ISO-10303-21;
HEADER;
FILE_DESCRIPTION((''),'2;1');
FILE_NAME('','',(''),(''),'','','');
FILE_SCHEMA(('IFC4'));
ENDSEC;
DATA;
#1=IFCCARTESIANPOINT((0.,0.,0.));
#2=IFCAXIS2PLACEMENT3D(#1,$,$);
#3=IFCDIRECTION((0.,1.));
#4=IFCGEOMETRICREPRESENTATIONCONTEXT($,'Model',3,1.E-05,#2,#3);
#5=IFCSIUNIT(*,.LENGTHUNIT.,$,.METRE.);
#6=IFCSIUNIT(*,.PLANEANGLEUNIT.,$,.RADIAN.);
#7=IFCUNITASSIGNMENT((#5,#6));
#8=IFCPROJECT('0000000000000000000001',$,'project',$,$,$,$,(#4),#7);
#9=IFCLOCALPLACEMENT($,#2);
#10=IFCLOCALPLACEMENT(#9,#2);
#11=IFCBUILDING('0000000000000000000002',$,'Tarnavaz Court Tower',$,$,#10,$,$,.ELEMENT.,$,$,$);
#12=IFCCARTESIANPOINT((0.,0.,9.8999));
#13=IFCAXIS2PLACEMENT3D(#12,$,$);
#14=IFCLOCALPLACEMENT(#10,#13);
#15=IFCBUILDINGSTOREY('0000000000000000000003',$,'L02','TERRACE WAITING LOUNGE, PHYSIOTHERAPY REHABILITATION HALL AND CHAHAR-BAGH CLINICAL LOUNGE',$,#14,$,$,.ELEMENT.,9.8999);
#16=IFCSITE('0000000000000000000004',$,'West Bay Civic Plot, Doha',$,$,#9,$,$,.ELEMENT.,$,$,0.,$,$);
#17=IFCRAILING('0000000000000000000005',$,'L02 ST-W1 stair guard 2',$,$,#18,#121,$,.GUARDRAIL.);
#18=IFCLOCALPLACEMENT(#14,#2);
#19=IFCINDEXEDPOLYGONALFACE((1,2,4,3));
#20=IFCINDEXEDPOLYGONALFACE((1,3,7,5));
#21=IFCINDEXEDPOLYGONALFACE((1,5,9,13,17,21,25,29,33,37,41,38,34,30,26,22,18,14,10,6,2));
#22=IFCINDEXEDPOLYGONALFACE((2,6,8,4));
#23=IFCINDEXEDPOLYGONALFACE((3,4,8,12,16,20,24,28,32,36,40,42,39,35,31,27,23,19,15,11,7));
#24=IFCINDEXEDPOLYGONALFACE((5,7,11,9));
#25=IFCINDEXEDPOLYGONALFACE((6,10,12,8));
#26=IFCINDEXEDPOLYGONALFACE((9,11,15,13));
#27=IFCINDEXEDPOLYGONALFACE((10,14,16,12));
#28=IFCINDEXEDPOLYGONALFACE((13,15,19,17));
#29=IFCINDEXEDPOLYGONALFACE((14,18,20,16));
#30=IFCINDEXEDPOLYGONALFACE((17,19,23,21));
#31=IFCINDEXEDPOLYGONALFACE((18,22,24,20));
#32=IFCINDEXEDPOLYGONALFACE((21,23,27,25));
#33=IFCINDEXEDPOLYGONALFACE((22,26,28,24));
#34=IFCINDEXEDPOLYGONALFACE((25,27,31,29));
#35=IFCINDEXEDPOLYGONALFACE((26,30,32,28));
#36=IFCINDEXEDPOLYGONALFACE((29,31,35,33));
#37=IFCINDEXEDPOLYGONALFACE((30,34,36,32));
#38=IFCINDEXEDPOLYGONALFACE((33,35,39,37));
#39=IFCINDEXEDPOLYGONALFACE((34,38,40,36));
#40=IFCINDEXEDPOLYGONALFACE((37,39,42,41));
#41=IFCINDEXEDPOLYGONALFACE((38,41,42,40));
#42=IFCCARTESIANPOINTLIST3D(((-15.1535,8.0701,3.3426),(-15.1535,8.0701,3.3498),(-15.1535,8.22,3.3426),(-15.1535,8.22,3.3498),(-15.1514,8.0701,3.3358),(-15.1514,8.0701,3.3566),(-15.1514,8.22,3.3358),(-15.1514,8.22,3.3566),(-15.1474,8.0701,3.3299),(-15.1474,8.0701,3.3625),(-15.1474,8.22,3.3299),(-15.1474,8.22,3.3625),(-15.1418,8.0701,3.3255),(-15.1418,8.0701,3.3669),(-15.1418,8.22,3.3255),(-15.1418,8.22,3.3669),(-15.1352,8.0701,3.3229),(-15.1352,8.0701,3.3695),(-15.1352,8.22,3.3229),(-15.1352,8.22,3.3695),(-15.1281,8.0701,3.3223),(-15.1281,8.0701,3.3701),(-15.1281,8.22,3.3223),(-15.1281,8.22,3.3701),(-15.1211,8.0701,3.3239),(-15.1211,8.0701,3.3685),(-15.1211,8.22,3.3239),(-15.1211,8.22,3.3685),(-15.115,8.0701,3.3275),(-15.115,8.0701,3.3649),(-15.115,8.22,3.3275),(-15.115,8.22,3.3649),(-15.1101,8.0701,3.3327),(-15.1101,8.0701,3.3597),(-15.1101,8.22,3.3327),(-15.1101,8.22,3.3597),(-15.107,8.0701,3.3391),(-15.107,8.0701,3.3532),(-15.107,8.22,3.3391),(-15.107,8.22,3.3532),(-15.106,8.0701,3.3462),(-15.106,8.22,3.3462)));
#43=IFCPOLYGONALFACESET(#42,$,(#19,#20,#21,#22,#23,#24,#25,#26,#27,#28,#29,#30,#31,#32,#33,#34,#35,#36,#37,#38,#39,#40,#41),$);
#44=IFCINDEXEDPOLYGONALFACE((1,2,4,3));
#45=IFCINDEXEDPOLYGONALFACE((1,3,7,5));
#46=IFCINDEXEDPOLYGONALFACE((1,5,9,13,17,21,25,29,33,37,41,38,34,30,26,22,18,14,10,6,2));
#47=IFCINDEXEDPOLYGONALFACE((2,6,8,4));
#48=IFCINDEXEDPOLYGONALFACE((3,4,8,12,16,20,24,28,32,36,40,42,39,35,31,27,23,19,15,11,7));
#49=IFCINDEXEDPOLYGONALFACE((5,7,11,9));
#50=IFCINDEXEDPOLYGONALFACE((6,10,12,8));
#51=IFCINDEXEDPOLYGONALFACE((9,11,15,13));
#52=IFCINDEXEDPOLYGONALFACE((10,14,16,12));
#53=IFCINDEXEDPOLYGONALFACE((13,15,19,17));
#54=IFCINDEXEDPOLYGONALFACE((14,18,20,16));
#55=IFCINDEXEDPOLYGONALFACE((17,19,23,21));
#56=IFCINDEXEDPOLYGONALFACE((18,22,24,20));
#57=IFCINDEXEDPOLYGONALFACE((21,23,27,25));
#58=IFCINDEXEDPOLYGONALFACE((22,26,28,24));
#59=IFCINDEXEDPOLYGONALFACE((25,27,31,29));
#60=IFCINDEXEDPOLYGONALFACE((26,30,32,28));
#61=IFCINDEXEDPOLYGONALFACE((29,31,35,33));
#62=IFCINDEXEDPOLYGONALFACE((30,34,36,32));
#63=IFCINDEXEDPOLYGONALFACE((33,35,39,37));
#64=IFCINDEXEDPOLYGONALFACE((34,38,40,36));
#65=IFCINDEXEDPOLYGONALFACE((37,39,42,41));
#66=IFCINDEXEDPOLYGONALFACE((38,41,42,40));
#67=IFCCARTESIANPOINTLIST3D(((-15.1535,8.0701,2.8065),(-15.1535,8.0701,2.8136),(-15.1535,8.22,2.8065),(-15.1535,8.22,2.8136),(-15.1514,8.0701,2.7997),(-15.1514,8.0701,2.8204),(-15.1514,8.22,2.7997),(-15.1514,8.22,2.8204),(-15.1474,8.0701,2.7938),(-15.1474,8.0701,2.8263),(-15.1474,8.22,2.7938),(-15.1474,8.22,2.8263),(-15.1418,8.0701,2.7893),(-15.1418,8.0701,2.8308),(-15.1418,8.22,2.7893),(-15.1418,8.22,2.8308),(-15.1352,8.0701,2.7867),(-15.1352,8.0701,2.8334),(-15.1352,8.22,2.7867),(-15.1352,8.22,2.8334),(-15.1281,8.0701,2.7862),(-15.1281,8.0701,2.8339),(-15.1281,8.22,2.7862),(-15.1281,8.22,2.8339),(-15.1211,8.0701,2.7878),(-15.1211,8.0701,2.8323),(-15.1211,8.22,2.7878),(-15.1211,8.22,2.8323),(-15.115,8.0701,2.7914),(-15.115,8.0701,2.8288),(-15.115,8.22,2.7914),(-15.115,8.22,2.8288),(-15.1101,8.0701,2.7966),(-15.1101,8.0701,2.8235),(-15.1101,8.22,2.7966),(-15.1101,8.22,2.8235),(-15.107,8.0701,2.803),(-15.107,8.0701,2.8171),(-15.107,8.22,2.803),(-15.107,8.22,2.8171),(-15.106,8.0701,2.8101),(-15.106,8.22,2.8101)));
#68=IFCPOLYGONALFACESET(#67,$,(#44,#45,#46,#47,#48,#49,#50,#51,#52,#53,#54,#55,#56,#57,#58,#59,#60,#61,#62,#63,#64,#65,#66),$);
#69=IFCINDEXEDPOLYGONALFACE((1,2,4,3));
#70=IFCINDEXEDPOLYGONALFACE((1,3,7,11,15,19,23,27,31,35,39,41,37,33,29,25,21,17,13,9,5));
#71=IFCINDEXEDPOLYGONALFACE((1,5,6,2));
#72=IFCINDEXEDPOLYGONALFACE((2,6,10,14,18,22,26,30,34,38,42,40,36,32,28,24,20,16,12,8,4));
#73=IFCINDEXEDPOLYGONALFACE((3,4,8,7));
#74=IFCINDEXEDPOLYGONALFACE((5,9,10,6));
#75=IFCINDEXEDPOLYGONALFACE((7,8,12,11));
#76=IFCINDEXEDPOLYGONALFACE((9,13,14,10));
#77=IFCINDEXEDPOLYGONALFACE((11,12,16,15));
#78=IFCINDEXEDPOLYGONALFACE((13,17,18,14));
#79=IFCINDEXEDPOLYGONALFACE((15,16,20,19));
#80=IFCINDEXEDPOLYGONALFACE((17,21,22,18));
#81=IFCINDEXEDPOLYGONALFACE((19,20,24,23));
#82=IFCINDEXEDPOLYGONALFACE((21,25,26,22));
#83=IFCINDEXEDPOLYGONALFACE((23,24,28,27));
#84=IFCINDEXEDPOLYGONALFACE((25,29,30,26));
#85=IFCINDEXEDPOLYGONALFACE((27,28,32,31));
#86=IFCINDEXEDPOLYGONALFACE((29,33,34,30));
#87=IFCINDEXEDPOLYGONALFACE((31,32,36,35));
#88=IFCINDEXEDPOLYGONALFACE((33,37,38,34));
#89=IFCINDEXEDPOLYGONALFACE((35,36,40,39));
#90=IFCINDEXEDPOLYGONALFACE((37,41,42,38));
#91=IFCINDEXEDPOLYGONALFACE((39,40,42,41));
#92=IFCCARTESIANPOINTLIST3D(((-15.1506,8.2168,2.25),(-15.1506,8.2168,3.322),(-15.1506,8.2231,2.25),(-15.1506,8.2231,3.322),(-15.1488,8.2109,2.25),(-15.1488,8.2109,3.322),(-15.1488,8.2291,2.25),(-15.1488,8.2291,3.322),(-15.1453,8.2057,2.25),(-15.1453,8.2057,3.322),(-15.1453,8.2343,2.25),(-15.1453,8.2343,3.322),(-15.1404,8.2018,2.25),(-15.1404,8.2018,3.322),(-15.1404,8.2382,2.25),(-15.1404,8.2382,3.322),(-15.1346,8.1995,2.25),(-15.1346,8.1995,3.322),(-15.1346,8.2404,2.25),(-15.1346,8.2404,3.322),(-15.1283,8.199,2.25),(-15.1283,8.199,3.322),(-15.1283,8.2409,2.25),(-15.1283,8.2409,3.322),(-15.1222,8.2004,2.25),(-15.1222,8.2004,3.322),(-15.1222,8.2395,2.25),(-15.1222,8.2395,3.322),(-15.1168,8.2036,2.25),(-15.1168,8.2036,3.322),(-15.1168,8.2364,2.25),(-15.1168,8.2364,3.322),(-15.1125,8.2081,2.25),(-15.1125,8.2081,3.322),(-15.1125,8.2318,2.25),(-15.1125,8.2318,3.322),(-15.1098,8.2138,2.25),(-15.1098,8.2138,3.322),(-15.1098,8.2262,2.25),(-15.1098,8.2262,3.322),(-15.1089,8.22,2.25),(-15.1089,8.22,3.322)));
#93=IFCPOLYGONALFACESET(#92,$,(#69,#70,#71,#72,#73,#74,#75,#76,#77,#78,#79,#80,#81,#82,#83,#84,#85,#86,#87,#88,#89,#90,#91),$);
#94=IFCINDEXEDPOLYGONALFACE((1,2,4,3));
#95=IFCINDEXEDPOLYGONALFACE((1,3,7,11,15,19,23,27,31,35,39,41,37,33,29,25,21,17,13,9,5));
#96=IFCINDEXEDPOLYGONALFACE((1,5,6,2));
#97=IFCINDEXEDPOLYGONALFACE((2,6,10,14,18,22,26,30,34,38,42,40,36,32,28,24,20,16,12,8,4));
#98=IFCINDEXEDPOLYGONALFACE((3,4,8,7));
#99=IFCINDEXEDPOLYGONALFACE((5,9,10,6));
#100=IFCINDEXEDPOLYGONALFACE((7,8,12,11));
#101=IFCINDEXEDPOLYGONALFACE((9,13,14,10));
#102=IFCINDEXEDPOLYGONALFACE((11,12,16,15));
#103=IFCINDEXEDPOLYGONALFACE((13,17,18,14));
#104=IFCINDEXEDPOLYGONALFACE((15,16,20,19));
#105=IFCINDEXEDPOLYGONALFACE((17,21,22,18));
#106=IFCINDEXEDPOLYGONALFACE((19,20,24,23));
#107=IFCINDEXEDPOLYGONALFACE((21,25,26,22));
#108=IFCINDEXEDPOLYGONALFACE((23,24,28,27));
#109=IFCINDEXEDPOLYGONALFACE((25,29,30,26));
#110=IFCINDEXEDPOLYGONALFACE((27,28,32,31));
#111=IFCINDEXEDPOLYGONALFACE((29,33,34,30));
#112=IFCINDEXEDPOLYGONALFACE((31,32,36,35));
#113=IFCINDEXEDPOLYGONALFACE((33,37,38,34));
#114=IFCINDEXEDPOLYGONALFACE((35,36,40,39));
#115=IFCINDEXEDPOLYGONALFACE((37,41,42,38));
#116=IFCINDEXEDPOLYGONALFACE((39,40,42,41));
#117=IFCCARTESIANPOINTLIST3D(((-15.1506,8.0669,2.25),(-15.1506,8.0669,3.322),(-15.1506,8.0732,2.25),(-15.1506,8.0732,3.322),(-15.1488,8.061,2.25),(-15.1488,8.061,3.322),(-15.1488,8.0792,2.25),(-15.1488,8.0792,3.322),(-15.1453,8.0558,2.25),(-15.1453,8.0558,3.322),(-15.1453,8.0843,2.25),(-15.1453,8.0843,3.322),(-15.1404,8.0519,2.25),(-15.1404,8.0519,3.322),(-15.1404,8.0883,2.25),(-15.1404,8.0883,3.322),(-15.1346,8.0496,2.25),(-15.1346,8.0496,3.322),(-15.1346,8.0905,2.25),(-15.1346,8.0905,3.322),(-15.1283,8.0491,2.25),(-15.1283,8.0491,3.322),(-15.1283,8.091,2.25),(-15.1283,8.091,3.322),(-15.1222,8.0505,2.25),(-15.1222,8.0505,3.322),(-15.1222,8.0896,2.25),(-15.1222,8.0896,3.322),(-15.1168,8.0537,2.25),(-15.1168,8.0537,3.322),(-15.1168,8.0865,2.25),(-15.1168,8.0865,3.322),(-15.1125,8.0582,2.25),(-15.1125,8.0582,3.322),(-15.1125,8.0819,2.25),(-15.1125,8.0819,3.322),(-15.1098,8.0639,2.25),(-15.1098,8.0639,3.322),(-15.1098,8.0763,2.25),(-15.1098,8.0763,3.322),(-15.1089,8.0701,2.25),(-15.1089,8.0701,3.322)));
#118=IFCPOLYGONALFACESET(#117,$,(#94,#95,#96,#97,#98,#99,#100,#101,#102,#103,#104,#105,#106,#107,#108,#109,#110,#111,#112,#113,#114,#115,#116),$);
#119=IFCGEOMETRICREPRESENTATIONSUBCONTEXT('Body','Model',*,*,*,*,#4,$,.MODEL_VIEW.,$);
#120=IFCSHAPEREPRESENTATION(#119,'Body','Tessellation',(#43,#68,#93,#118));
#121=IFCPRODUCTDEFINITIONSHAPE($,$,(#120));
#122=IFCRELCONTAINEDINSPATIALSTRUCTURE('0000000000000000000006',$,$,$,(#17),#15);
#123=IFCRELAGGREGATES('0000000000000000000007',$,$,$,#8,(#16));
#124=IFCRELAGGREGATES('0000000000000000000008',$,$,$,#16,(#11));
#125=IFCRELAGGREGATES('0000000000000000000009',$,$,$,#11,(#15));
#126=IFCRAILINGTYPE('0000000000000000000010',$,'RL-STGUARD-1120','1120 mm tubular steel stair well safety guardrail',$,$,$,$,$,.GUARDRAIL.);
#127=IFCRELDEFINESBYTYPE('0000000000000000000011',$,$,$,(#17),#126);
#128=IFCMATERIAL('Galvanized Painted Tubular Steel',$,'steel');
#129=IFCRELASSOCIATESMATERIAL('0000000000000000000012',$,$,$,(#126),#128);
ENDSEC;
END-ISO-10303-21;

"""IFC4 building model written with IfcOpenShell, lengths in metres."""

from ifc_helpers import new_model, si_unit, direction, frame, origin, origin_2d, place, context, subcontext, project, spatial, circle, extrude, material, type_object, element, save


model = new_model("IFC4")

# Units and contexts
model_context = context("Model", 3, precision=1e-05, world=origin(), true_north=direction((0.0, 1.0)))
body_context = subcontext(model_context, "Body", "Model", "MODEL_VIEW")
ifc_project = project(units=[si_unit("LENGTHUNIT", "METRE"), si_unit("PLANEANGLEUNIT", "RADIAN")], contexts=[model_context])

# Site, building, storey
site_placement = place(None, origin())
site = spatial("IfcSite", under=ifc_project, at=site_placement, Name="West Bay Civic Plot, Doha", CompositionType="ELEMENT", RefElevation=0.0)
building_placement = place(site_placement, origin())
building = spatial("IfcBuilding", under=site, at=building_placement, Name="Tarnavaz Court Tower", CompositionType="ELEMENT")
storey_placement = place(building_placement, frame((0.0, 0.0, 9.8999)))
storey = spatial("IfcBuildingStorey", under=building, at=storey_placement, Name="L02", Description="TERRACE WAITING LOUNGE, PHYSIOTHERAPY REHABILITATION HALL AND CHAHAR-BAGH CLINICAL LOUNGE", CompositionType="ELEMENT", Elevation=9.8999)

# Railing
ifc_material_1 = material(Name="Galvanized Painted Tubular Steel", Category="steel")
railing_type_1 = type_object("IfcRailingType", Name="RL-STGUARD-1120", Description="1120 mm tubular steel stair well safety guardrail", PredefinedType="GUARDRAIL", material=ifc_material_1)
railing_1_placement = place(storey_placement, frame((-15.1299, 8.22, 2.25)))
element("IfcRailing", 1, at=railing_1_placement, inside=storey, type_object=railing_type_1, Name="L02 ST-W1 stair guard 2", PredefinedType="GUARDRAIL", context=body_context, shape_type="SweptSolid", body=[
    extrude(circle(Radius=0.0239, at=origin_2d()), frame((0.0, 0.0, 1.0962), z_axis=(0.0, -1.0, 0.0), x_axis=(1.0, 0.0, 0.0)), (0.0, 0.0, 1.0), 0.1499),
    extrude(circle(Radius=0.0239, at=origin_2d()), frame((0.0, 0.0, 0.5601), z_axis=(0.0, -1.0, 0.0), x_axis=(1.0, 0.0, 0.0)), (0.0, 0.0, 1.0), 0.1499),
    extrude(circle(Radius=0.021, at=origin_2d()), origin(), (0.0, 0.0, 1.0), 1.072),
    extrude(circle(Radius=0.021, at=origin_2d()), frame((0.0, -0.1499, 0.0)), (0.0, 0.0, 1.0), 1.072),
])

save(model, "model.ifc")
